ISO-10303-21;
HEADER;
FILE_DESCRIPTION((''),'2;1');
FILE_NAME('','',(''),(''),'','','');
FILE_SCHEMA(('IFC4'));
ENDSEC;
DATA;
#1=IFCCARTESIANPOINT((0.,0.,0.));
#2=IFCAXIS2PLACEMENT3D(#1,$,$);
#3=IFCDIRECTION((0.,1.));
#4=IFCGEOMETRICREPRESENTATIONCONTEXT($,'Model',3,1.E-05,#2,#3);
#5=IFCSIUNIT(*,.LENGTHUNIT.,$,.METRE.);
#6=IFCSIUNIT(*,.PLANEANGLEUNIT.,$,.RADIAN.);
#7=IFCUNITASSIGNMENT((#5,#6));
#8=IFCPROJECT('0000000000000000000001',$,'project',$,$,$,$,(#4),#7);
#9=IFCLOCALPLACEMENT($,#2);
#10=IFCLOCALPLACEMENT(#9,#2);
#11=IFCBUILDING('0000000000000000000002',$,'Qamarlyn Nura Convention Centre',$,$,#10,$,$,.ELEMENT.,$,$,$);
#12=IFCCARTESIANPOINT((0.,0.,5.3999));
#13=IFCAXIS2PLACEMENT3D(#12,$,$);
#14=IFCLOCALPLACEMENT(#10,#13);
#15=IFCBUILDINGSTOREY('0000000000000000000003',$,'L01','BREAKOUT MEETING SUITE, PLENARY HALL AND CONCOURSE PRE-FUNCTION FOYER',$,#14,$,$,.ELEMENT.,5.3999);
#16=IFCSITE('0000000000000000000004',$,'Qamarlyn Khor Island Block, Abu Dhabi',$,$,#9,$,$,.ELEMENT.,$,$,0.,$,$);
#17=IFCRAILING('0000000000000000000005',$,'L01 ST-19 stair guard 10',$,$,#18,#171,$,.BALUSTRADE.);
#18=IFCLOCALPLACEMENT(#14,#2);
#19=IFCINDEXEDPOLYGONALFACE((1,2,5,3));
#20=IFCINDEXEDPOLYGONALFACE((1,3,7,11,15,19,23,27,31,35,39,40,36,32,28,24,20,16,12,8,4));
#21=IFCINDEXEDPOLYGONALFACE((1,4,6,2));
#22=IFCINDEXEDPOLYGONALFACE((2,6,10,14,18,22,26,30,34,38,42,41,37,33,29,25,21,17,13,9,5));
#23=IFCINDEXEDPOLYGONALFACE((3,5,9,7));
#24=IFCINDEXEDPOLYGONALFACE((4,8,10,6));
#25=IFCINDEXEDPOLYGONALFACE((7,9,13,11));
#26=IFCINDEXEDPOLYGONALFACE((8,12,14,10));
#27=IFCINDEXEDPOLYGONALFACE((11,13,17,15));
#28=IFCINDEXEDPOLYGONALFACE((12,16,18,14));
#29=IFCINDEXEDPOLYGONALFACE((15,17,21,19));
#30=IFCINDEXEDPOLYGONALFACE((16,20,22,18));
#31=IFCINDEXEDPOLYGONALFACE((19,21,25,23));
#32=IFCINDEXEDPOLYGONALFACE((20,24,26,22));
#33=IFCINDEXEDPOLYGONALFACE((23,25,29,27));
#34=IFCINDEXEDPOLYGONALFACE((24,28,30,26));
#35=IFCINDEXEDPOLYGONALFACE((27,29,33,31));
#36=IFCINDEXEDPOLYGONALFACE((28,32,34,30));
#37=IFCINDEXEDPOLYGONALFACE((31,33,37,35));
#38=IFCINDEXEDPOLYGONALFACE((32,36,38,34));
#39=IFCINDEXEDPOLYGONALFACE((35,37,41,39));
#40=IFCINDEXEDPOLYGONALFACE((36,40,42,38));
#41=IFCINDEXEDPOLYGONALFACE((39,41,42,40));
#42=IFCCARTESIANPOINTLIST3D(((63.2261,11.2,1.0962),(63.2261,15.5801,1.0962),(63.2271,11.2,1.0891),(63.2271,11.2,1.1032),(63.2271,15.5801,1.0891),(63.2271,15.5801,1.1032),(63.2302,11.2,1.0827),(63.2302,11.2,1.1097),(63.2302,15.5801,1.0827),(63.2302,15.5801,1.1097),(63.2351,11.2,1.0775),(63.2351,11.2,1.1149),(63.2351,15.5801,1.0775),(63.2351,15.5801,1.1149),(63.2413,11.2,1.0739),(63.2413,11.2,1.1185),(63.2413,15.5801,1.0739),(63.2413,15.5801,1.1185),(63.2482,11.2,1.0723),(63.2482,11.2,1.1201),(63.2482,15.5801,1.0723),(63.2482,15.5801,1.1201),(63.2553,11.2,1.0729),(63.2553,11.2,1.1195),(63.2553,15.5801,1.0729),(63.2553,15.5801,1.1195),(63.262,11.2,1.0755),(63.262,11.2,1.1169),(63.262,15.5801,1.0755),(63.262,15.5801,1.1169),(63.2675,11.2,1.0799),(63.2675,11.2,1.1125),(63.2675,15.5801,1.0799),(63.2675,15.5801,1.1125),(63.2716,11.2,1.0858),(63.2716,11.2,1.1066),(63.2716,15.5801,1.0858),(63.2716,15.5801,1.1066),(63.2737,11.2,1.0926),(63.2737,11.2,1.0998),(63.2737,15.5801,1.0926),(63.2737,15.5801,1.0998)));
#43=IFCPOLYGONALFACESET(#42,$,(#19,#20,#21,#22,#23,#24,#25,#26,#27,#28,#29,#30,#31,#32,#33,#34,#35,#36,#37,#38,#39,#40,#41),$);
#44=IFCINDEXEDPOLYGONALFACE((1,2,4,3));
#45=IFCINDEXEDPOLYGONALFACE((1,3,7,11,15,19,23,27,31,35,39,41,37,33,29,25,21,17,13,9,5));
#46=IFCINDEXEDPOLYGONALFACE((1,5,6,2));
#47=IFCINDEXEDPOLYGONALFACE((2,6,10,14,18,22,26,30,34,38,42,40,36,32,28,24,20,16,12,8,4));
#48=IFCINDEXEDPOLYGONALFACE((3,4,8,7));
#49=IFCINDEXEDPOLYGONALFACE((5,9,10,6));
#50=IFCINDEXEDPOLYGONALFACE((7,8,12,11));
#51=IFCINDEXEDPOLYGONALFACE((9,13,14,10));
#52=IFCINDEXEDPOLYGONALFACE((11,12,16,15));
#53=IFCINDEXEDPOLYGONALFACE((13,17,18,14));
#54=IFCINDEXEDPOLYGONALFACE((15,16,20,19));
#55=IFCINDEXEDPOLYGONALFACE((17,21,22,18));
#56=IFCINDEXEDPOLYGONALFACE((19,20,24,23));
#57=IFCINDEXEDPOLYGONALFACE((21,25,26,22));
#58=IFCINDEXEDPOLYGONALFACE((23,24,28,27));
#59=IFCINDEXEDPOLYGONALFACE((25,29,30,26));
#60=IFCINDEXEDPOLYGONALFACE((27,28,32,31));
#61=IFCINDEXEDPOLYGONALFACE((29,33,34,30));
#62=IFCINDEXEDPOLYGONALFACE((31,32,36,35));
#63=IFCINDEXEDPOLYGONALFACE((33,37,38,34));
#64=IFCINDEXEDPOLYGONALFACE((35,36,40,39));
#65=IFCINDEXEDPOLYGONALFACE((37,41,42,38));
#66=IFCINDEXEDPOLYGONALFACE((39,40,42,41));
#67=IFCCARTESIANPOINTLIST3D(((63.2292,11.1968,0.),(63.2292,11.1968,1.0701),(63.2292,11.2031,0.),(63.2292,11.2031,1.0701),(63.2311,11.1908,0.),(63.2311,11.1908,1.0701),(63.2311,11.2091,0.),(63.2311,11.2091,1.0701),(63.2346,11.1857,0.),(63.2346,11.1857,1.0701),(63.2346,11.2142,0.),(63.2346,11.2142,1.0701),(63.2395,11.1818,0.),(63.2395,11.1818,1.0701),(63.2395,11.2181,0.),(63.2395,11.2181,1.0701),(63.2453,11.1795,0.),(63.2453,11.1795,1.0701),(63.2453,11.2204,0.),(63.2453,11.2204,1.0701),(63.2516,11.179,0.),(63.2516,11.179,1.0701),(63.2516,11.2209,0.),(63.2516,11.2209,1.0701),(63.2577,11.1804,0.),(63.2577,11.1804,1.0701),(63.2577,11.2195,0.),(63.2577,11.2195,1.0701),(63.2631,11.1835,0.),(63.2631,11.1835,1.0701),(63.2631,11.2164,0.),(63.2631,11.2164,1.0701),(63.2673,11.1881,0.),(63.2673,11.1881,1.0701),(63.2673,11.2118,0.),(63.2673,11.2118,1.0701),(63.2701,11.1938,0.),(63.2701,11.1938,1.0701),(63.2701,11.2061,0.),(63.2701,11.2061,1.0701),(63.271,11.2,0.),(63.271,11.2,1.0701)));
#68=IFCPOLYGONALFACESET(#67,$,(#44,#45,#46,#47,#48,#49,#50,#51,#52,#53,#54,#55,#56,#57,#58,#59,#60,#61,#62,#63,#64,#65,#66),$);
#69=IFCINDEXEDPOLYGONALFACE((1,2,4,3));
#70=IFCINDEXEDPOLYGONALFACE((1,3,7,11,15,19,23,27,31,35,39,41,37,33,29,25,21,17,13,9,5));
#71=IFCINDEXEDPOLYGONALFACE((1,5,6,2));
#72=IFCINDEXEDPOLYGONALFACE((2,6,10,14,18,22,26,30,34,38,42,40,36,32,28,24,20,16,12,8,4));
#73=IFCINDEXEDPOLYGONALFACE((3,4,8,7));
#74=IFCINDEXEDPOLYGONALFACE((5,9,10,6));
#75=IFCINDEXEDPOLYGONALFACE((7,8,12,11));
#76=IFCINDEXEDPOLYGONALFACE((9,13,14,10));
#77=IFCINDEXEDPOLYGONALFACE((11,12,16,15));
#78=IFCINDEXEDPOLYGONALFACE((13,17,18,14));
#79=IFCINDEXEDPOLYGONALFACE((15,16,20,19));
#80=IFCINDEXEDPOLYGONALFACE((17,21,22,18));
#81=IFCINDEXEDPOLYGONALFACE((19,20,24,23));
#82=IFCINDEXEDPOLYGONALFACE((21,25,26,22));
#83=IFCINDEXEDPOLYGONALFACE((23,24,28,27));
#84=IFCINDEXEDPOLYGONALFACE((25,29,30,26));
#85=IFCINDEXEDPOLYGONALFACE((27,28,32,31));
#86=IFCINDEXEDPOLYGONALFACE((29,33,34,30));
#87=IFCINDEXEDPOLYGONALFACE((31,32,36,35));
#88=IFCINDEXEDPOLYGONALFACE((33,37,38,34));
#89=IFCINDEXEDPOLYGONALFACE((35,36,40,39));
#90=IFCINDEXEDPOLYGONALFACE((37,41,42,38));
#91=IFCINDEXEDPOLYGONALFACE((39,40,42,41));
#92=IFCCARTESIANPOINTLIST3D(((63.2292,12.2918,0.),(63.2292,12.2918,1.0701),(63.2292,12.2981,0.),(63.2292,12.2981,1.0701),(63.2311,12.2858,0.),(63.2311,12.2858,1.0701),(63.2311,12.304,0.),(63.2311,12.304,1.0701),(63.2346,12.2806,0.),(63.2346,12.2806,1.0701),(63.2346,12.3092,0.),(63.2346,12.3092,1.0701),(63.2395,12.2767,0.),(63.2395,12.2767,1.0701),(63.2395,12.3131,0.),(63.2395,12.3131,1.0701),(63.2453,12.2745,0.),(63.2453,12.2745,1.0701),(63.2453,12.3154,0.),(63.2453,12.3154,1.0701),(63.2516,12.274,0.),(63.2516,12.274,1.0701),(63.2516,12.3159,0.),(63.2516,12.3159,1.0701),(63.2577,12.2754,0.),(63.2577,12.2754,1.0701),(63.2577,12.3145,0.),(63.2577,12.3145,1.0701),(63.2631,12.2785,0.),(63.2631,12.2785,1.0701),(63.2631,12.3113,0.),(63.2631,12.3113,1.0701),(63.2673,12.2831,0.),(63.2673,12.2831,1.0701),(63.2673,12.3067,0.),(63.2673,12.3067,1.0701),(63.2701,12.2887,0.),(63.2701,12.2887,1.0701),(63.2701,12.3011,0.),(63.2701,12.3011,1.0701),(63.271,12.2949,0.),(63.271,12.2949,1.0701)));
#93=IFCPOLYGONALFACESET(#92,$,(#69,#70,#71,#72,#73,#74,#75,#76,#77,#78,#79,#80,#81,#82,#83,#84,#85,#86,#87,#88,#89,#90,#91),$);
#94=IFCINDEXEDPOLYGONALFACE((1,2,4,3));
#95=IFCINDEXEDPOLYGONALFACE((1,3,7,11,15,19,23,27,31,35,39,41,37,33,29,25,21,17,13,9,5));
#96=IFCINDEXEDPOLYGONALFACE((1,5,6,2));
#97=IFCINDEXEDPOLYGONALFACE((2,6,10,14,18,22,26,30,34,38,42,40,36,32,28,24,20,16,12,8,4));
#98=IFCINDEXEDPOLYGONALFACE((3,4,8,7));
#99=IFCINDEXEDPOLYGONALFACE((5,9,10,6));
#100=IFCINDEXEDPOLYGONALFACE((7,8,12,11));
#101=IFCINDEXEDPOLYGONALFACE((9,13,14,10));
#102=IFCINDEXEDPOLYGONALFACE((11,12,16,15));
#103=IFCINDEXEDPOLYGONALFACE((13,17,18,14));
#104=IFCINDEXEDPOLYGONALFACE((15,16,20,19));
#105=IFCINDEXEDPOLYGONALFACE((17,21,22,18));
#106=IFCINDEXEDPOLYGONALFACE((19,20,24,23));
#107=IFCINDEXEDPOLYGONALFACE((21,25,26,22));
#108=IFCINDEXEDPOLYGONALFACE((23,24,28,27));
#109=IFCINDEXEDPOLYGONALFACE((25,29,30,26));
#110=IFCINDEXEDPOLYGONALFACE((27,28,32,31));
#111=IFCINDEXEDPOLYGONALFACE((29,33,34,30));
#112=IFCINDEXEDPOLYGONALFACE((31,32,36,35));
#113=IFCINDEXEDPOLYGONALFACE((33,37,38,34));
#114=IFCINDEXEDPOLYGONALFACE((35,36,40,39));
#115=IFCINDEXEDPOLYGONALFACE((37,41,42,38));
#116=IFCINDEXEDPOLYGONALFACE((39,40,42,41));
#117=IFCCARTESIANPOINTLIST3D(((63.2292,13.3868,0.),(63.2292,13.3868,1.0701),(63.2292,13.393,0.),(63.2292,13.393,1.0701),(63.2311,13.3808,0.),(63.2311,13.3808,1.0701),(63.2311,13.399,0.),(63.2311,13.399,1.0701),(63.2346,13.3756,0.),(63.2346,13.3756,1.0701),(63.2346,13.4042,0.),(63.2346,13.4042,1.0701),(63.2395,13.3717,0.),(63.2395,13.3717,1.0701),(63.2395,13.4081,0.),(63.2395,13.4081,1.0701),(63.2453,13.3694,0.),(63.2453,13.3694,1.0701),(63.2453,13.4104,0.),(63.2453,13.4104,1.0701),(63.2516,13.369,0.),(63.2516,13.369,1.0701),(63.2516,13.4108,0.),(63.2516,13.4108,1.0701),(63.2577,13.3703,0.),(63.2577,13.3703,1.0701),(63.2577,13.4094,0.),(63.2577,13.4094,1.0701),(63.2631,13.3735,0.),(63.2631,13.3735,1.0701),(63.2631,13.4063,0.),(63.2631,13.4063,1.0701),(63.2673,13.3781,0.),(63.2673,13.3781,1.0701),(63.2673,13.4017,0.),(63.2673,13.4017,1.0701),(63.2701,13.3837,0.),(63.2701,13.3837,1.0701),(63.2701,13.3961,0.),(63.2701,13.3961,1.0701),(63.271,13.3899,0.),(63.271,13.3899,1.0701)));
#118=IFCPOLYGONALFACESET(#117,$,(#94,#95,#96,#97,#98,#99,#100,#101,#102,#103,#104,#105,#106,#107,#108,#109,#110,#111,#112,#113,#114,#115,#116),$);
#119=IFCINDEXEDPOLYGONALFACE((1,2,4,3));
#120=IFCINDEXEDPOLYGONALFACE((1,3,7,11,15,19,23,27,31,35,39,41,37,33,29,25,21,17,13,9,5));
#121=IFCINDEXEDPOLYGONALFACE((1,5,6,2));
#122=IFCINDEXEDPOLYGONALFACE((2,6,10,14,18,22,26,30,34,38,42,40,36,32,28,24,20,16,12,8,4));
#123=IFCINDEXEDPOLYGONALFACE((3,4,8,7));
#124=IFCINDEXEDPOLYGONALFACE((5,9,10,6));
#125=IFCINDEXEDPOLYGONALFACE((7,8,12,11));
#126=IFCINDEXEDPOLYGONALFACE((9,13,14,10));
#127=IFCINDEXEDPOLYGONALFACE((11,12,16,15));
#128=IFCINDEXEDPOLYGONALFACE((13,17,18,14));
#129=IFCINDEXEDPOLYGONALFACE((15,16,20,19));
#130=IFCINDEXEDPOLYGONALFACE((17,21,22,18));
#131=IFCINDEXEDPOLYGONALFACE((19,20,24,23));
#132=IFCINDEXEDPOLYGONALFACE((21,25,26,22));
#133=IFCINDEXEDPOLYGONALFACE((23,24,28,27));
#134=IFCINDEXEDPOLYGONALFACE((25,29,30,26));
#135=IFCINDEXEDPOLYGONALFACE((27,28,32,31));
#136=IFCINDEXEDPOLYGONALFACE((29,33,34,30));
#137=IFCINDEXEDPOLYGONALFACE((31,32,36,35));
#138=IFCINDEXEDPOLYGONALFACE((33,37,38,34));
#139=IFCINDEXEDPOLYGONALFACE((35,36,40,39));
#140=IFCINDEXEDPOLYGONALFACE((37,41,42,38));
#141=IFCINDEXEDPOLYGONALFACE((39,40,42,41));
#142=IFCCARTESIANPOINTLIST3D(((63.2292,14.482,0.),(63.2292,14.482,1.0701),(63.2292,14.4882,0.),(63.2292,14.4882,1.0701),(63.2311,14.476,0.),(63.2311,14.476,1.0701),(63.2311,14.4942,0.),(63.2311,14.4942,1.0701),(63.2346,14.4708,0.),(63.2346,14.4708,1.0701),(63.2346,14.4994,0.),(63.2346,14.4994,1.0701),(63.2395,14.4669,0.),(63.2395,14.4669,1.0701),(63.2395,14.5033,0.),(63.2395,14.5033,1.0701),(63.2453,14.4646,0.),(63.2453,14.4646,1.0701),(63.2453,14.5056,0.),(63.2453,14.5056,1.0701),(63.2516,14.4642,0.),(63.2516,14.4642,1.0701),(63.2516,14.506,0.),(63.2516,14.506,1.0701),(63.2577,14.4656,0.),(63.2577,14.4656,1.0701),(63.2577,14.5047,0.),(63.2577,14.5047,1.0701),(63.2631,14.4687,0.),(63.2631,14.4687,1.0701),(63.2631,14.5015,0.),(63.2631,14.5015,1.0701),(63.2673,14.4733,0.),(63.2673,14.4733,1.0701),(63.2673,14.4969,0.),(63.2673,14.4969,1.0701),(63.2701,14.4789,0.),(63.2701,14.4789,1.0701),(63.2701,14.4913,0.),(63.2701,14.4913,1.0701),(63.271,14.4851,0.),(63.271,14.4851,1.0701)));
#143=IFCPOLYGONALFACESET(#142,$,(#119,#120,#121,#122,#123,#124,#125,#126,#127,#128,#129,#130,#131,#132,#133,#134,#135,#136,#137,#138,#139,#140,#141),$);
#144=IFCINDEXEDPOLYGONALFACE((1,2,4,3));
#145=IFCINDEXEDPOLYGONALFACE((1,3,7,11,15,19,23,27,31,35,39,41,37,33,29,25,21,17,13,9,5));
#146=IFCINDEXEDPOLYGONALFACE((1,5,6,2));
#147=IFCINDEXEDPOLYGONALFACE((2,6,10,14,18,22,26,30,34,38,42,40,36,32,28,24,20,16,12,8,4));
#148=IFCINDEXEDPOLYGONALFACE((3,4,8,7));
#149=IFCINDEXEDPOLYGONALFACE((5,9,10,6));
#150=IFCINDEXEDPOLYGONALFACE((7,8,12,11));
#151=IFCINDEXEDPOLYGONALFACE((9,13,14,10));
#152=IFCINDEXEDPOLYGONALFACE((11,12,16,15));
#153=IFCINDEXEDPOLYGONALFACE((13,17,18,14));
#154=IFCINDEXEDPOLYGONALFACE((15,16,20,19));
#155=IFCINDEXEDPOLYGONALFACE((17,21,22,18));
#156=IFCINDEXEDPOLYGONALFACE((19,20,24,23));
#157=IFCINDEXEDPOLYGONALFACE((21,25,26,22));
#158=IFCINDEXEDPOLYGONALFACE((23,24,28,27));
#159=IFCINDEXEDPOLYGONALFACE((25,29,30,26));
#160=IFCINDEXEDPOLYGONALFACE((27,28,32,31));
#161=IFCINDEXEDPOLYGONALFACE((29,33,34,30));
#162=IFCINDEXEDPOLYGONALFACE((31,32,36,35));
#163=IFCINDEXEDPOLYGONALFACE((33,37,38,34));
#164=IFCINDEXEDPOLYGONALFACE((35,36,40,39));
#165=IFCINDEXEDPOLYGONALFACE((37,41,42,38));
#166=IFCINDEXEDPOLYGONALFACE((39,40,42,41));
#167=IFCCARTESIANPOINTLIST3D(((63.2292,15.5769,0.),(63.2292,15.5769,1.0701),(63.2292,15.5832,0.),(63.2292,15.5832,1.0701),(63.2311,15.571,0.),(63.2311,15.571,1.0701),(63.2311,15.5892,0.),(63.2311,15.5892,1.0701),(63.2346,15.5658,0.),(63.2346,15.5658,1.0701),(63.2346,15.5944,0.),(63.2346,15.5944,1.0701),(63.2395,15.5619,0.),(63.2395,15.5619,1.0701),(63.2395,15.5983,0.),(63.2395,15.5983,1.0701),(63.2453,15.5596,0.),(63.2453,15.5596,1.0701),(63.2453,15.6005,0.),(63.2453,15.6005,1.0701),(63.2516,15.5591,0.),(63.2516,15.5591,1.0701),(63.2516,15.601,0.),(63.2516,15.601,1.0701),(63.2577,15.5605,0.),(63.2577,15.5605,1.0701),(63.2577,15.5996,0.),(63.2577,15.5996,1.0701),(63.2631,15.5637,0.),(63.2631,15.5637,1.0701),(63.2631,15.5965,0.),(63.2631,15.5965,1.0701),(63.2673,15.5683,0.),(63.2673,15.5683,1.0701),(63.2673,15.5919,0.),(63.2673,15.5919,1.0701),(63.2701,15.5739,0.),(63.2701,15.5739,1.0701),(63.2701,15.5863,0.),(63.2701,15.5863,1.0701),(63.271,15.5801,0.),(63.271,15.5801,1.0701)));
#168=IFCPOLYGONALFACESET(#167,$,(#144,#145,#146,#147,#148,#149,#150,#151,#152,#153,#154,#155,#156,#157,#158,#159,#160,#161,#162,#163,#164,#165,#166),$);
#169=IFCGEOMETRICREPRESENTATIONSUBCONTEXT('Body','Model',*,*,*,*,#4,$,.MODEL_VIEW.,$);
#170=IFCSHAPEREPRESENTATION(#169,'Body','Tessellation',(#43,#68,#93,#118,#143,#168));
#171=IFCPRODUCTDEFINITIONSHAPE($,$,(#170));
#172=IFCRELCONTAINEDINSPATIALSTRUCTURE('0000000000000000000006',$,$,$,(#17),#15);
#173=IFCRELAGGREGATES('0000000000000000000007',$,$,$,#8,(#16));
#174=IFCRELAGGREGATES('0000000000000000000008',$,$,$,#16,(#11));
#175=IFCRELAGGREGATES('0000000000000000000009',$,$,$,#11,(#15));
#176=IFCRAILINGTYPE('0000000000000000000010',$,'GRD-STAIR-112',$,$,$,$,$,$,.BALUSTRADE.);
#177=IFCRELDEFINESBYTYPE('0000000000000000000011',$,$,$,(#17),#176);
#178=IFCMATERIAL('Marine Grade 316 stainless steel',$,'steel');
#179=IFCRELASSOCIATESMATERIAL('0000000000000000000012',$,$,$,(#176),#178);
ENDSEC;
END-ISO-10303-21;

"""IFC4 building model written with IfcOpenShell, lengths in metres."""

from ifc_helpers import new_model, si_unit, direction, frame, origin, origin_2d, place, context, subcontext, project, spatial, circle, extrude, material, type_object, element, save


model = new_model("IFC4")

# Units and contexts
model_context = context("Model", 3, precision=1e-05, world=origin(), true_north=direction((0.0, 1.0)))
body_context = subcontext(model_context, "Body", "Model", "MODEL_VIEW")
ifc_project = project(units=[si_unit("LENGTHUNIT", "METRE"), si_unit("PLANEANGLEUNIT", "RADIAN")], contexts=[model_context])

# Site, building, storey
site_placement = place(None, origin())
site = spatial("IfcSite", under=ifc_project, at=site_placement, Name="Qamarlyn Khor Island Block, Abu Dhabi", CompositionType="ELEMENT", RefElevation=0.0)
building_placement = place(site_placement, origin())
building = spatial("IfcBuilding", under=site, at=building_placement, Name="Qamarlyn Nura Convention Centre", CompositionType="ELEMENT")
storey_placement = place(building_placement, frame((0.0, 0.0, 5.3999)))
storey = spatial("IfcBuildingStorey", under=building, at=storey_placement, Name="L01", Description="BREAKOUT MEETING SUITE, PLENARY HALL AND CONCOURSE PRE-FUNCTION FOYER", CompositionType="ELEMENT", Elevation=5.3999)

# Railing
ifc_material_1 = material(Name="Marine Grade 316 stainless steel", Category="steel")
railing_type_1 = type_object("IfcRailingType", Name="GRD-STAIR-112", PredefinedType="BALUSTRADE", material=ifc_material_1)
railing_1_placement = place(storey_placement, frame((63.25, 11.2, 0.0)))
element("IfcRailing", 1, at=railing_1_placement, inside=storey, type_object=railing_type_1, Name="L01 ST-19 stair guard 10", PredefinedType="BALUSTRADE", context=body_context, shape_type="SweptSolid", body=[
    extrude(circle(Radius=0.0239, at=origin_2d()), frame((0.0, 0.0, 1.0962), z_axis=(0.0, 1.0, 0.0), x_axis=(-1.0, 0.0, 0.0)), (0.0, 0.0, 1.0), 4.3801),
    extrude(circle(Radius=0.021, at=origin_2d()), origin(), (0.0, 0.0, 1.0), 1.0701),
    extrude(circle(Radius=0.021, at=origin_2d()), frame((0.0, 1.095, 0.0)), (0.0, 0.0, 1.0), 1.0701),
    extrude(circle(Radius=0.021, at=origin_2d()), frame((0.0, 2.1899, 0.0)), (0.0, 0.0, 1.0), 1.0701),
    extrude(circle(Radius=0.021, at=origin_2d()), frame((0.0, 3.2852, 0.0)), (0.0, 0.0, 1.0), 1.0701),
    extrude(circle(Radius=0.021, at=origin_2d()), frame((0.0, 4.3801, 0.0)), (0.0, 0.0, 1.0), 1.0701),
])

save(model, "model.ifc")
